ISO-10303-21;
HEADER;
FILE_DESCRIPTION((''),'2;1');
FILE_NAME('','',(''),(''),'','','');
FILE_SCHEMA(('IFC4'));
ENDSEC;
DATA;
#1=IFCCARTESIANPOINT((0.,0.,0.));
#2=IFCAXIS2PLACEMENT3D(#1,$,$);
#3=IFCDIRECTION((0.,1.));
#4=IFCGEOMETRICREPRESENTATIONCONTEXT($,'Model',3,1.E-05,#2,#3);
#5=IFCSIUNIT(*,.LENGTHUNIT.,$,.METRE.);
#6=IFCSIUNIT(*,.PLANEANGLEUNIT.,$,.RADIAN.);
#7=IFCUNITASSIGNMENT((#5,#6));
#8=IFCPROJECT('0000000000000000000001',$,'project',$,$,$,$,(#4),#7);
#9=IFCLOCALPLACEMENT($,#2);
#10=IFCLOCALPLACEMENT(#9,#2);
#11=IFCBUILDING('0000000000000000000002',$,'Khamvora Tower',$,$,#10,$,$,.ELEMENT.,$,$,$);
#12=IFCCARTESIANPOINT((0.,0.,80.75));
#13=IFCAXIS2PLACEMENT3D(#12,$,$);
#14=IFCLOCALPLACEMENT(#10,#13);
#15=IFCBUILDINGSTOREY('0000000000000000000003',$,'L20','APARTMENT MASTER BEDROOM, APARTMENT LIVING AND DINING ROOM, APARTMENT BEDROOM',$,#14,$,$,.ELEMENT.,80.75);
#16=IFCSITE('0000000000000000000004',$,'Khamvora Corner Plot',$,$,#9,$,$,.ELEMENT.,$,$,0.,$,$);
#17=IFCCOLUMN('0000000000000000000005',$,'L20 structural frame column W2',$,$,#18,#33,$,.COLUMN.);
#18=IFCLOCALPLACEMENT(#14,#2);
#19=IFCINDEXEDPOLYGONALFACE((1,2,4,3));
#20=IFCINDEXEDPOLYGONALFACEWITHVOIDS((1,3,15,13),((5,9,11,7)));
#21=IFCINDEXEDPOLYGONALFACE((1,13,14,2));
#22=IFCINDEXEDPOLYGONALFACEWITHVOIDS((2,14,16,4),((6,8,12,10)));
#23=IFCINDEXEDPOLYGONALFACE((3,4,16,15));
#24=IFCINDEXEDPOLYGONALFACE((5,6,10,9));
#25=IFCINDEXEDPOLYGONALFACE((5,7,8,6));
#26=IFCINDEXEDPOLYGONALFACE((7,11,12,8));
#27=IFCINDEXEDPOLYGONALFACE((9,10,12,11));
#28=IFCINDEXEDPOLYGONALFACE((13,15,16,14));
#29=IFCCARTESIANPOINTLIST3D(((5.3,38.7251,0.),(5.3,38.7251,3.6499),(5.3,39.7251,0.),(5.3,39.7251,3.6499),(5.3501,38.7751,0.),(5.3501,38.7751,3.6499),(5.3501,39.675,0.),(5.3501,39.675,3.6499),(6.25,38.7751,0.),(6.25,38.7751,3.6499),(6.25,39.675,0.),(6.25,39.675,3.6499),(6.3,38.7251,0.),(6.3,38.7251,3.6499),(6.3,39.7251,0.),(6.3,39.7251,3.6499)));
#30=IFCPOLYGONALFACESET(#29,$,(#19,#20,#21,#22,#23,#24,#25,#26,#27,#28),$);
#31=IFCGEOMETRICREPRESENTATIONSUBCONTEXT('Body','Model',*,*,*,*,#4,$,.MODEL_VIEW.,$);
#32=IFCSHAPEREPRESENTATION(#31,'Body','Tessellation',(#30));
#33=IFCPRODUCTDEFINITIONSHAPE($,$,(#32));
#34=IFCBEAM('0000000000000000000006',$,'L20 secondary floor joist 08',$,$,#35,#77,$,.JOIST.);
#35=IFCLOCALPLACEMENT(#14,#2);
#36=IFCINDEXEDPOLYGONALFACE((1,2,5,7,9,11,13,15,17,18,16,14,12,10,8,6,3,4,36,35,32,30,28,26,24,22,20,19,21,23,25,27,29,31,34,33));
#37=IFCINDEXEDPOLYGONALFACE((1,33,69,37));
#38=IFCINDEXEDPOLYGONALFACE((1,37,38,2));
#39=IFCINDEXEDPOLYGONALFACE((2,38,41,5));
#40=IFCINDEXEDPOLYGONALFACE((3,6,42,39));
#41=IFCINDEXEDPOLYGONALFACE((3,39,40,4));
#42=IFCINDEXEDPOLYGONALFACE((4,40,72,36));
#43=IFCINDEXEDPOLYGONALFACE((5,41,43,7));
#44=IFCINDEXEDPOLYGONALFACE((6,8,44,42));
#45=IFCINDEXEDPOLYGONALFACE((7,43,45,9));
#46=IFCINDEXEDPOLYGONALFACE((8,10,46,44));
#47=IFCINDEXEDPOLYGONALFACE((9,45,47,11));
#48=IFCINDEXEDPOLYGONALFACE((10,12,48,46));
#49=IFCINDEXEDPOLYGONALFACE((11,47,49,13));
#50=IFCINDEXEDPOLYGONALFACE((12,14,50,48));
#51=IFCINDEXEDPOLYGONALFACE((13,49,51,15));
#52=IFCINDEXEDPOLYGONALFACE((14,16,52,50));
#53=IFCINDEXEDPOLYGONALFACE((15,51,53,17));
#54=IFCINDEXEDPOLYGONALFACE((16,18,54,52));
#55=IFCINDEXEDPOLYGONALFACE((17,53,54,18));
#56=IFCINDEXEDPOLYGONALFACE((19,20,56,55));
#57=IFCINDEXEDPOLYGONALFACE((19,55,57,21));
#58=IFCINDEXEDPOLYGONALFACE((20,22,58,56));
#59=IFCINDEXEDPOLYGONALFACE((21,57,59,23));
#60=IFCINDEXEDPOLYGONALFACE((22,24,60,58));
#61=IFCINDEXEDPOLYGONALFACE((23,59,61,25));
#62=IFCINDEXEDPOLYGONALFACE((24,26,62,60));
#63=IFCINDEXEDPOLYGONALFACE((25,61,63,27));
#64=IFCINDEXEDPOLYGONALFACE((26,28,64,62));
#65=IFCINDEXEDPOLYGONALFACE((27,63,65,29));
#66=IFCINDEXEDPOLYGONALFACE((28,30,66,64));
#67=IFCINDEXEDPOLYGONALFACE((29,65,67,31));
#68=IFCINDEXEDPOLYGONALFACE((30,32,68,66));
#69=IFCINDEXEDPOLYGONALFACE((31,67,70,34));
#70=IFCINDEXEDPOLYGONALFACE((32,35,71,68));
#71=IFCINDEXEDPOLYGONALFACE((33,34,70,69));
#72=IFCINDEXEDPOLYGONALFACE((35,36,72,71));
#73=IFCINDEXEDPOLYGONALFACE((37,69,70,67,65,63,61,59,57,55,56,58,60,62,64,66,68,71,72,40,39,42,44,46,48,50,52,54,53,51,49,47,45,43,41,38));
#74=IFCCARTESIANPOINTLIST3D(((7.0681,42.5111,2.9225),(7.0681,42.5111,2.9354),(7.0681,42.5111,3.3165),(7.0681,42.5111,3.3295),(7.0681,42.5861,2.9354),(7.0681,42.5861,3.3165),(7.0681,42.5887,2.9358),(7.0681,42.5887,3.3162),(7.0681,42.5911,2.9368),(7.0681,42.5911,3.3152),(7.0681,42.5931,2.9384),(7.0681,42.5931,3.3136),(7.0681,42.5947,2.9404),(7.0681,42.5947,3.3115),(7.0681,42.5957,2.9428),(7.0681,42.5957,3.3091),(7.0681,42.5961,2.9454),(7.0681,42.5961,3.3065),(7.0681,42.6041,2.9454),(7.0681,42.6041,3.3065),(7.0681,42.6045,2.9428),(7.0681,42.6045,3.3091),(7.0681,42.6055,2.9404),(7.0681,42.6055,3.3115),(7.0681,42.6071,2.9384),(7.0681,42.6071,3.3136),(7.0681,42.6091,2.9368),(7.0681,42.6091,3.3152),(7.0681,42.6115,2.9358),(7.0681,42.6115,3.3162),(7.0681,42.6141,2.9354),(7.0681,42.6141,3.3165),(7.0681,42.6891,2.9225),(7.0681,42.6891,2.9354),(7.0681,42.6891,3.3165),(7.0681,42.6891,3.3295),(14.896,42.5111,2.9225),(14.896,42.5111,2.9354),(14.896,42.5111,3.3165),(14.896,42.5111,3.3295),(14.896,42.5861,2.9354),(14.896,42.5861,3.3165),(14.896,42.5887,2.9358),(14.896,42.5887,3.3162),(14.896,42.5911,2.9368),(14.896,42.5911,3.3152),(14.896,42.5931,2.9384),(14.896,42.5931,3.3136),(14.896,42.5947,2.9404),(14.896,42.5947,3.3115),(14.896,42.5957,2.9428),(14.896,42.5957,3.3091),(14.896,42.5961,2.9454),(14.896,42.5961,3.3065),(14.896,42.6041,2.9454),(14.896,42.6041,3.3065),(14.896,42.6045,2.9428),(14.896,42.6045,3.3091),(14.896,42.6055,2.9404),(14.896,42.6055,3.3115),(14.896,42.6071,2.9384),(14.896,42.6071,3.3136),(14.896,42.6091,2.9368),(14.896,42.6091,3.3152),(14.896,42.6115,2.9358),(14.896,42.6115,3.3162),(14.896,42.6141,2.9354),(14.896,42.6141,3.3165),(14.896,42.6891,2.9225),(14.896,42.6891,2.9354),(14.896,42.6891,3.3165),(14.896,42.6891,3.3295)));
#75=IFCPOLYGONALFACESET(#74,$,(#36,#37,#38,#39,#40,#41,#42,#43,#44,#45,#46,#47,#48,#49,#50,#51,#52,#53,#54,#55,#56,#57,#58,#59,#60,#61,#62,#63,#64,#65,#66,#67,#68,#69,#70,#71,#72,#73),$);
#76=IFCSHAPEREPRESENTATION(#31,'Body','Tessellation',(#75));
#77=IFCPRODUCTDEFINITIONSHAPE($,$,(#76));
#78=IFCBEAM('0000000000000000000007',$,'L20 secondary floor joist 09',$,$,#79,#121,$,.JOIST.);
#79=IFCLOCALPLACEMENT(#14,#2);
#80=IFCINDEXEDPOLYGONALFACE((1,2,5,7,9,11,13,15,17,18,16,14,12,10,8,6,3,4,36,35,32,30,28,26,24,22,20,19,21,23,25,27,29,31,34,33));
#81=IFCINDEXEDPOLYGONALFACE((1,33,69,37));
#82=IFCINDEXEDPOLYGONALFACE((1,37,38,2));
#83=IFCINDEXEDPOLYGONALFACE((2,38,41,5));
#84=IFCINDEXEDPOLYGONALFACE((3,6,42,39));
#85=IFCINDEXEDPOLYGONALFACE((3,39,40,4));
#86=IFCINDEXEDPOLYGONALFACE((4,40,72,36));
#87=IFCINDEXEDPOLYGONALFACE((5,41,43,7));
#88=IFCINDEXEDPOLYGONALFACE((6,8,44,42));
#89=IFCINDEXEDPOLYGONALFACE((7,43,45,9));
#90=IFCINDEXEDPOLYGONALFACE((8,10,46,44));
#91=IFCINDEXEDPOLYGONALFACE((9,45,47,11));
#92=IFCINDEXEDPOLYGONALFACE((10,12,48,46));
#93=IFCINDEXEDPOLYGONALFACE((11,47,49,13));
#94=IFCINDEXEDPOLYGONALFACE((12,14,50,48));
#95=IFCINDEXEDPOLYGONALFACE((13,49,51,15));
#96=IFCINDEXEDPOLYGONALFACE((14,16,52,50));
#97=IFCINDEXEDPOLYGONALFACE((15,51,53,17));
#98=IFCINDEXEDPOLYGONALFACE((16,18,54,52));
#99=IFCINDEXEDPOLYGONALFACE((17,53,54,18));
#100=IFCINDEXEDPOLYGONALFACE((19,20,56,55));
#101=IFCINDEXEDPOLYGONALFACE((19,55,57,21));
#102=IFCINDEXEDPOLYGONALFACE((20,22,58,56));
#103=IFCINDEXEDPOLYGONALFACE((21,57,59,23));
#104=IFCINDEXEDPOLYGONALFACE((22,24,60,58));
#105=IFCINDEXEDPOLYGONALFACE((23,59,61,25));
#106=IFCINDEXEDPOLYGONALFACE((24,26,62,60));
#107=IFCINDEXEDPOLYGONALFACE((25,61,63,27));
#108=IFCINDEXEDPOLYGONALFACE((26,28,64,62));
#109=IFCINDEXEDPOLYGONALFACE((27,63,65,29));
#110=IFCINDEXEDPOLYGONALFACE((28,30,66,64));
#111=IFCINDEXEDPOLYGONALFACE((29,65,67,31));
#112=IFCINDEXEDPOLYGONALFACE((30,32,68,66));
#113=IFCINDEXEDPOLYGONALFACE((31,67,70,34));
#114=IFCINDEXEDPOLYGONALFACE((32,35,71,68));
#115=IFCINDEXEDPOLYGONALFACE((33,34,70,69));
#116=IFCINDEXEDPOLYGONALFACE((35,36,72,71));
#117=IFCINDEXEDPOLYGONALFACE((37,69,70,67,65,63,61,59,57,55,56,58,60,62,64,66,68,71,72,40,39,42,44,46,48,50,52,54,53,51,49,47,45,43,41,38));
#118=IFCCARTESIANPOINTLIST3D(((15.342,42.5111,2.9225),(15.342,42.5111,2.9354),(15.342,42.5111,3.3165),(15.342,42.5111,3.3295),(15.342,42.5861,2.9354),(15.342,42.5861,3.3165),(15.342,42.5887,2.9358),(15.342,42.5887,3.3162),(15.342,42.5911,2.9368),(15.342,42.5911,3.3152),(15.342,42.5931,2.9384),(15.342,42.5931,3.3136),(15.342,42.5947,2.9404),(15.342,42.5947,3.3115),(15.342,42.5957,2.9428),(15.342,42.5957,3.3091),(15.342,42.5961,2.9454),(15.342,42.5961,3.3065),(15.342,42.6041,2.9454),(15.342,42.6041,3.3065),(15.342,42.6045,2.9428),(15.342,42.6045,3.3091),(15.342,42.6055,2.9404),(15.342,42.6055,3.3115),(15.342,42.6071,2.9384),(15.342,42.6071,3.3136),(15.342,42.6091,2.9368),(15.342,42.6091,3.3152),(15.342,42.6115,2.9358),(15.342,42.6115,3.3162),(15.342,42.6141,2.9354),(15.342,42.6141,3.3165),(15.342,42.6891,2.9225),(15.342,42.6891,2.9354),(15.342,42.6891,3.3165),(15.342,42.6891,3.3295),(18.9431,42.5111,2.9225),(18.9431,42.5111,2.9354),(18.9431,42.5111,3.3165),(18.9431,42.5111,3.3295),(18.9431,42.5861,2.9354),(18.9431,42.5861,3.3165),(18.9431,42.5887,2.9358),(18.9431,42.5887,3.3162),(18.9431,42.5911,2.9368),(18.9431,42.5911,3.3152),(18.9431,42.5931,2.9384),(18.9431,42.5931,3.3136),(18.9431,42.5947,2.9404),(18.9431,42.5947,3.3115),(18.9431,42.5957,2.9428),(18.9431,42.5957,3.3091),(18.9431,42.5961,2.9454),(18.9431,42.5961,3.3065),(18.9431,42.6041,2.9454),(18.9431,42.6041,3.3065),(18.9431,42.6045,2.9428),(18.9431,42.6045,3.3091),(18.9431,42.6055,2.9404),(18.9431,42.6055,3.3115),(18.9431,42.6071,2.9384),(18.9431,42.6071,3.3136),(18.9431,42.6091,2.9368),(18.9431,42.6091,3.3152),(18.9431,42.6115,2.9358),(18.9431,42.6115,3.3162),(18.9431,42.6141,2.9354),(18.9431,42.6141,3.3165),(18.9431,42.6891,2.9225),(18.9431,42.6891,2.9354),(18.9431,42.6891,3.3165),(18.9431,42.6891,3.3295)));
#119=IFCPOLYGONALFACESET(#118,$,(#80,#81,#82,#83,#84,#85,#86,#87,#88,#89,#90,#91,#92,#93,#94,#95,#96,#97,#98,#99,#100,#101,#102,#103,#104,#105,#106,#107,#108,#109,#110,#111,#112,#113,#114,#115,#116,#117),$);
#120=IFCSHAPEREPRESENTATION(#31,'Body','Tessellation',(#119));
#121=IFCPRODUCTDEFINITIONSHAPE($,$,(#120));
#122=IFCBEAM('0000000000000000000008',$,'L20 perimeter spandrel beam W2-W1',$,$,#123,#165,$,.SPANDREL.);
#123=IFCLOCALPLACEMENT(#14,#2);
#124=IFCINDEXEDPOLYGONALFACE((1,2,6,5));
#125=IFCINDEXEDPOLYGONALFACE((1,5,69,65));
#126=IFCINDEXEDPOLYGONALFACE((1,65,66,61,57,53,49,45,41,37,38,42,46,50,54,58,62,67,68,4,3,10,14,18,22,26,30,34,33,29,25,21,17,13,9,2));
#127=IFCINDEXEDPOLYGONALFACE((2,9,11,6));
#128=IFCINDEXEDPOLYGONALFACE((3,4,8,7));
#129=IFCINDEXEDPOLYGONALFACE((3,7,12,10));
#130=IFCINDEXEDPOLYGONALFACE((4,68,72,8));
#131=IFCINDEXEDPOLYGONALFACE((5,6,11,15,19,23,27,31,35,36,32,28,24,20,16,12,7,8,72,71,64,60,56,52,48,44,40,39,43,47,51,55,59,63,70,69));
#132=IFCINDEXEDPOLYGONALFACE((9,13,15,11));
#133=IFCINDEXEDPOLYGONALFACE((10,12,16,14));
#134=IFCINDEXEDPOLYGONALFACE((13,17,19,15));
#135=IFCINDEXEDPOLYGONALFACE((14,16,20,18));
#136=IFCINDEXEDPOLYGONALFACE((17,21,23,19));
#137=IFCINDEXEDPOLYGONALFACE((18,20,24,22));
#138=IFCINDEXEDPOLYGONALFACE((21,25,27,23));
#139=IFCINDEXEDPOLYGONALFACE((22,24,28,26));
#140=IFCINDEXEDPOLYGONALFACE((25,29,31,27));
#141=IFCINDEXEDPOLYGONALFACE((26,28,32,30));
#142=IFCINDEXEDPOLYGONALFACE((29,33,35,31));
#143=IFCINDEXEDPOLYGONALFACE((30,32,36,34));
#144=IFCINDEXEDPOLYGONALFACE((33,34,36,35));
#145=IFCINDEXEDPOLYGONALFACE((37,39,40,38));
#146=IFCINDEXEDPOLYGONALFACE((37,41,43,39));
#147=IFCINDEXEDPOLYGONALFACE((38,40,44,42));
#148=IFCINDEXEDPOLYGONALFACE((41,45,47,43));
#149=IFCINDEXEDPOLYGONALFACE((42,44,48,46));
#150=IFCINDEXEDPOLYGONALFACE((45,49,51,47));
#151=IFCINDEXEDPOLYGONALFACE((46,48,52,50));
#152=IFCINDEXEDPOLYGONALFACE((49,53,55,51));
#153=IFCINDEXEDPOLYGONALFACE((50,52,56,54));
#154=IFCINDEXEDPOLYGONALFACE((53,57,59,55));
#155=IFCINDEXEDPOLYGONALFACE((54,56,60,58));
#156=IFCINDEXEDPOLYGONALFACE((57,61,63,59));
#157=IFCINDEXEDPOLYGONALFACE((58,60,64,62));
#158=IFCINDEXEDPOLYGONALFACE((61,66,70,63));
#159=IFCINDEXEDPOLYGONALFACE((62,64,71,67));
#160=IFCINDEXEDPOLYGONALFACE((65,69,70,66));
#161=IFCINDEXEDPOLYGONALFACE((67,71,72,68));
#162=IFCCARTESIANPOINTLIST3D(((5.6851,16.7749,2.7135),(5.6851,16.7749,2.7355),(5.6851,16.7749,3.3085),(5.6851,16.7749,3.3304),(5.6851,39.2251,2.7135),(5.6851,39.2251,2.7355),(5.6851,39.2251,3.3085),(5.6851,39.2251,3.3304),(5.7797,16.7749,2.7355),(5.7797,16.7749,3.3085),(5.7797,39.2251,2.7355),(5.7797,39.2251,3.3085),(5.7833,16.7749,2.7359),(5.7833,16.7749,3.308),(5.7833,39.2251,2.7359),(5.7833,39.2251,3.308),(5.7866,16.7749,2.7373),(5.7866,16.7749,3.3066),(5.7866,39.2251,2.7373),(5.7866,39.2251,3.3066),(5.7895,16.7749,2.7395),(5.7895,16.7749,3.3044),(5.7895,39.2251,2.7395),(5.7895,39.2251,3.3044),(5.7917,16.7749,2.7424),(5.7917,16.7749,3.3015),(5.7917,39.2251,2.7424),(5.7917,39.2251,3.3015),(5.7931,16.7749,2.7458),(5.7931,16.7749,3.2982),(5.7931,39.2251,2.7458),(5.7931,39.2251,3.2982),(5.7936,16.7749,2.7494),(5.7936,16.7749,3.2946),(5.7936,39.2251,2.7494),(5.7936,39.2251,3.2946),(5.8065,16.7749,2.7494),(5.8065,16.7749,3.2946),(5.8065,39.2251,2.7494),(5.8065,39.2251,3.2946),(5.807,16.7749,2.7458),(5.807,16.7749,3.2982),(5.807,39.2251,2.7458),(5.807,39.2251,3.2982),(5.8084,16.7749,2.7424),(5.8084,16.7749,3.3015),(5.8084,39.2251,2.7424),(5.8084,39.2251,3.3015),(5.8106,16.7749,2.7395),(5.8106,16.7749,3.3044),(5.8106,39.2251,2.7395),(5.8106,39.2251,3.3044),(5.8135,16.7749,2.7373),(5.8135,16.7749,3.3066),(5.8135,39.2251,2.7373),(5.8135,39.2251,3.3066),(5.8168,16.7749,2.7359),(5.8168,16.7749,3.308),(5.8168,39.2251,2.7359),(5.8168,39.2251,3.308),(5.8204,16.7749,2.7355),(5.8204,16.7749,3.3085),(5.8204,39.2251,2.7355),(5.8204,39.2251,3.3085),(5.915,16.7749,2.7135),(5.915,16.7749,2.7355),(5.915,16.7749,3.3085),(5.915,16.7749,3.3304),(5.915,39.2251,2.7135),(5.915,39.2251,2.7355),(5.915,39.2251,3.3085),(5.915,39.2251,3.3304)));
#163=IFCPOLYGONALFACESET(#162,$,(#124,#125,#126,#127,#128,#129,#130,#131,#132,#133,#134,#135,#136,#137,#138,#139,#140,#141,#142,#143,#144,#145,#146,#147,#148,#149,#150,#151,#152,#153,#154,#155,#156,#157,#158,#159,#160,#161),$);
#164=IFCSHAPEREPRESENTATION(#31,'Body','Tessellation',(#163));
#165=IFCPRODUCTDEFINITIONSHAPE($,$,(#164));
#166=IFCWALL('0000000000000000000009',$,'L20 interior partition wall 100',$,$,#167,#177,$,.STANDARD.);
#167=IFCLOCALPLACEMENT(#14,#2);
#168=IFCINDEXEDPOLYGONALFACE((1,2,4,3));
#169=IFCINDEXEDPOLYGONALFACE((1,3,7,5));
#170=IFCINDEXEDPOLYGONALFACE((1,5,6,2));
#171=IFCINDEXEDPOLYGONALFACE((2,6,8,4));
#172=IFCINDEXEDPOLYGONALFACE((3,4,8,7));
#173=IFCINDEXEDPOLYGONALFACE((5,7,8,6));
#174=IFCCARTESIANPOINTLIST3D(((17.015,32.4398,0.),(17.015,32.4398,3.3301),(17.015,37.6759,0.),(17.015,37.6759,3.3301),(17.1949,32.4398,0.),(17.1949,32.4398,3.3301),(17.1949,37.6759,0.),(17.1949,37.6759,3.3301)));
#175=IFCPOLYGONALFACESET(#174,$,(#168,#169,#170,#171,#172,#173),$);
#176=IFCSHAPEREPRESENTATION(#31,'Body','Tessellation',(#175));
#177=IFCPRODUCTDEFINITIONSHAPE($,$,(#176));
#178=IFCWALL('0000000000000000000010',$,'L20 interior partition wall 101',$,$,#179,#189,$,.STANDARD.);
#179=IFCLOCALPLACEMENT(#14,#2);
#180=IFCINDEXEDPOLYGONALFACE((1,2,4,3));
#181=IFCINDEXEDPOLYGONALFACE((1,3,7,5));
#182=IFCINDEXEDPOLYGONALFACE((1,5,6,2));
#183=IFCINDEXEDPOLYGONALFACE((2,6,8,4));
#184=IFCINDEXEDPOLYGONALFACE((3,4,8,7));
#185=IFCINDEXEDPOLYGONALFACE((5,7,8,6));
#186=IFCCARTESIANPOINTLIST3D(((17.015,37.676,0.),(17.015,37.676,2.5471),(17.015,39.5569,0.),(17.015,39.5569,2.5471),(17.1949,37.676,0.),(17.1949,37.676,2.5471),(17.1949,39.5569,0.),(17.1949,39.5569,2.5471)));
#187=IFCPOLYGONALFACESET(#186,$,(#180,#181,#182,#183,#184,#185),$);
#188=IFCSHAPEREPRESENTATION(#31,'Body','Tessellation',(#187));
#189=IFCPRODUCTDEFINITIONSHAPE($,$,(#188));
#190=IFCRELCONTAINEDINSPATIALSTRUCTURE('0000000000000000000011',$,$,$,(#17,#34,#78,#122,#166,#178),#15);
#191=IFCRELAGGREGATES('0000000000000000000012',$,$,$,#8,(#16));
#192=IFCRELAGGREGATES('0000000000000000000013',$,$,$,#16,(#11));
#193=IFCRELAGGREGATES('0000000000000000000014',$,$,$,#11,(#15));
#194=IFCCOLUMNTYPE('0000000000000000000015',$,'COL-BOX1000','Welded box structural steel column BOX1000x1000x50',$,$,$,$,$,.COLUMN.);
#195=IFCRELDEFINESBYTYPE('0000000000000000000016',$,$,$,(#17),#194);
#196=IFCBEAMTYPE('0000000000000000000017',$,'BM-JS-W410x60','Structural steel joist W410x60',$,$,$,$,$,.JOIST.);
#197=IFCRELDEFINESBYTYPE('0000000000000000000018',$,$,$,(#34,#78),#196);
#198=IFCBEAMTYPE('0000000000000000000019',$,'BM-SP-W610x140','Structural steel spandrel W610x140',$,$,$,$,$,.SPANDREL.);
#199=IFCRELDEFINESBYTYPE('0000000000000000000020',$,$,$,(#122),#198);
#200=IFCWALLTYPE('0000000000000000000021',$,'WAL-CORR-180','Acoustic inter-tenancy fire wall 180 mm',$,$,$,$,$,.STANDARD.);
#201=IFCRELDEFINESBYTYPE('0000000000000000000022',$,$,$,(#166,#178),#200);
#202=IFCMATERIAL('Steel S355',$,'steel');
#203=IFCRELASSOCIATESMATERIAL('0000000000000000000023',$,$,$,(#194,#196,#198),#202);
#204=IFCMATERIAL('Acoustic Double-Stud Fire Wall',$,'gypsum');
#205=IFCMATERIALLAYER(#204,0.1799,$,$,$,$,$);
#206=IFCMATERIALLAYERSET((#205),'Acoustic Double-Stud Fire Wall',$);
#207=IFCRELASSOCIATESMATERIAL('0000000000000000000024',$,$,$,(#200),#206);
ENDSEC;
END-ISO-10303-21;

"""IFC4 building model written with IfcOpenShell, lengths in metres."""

from ifc_helpers import new_model, si_unit, direction, frame, frame_2d, origin, origin_2d, place, context, subcontext, project, spatial, rectangle, hollow_rectangle, i_section, extrude, material, layer, layer_set, material_profile, profile_set, type_object, element, save


model = new_model("IFC4")

# Units and contexts
model_context = context("Model", 3, precision=1e-05, world=origin(), true_north=direction((0.0, 1.0)))
body_context = subcontext(model_context, "Body", "Model", "MODEL_VIEW")
ifc_project = project(units=[si_unit("LENGTHUNIT", "METRE"), si_unit("PLANEANGLEUNIT", "RADIAN")], contexts=[model_context])

# Site, building, storey
site_placement = place(None, origin())
site = spatial("IfcSite", under=ifc_project, at=site_placement, Name="Khamvora Corner Plot", CompositionType="ELEMENT", RefElevation=0.0)
building_placement = place(site_placement, origin())
building = spatial("IfcBuilding", under=site, at=building_placement, Name="Khamvora Tower", CompositionType="ELEMENT")
storey_placement = place(building_placement, frame((0.0, 0.0, 80.75)))
storey = spatial("IfcBuildingStorey", under=building, at=storey_placement, Name="L20", Description="APARTMENT MASTER BEDROOM, APARTMENT LIVING AND DINING ROOM, APARTMENT BEDROOM", CompositionType="ELEMENT", Elevation=80.75)

# Column
ifc_material_1 = material(Name="Steel S355", Category="steel")
ifc_material_profile_1 = material_profile(ifc_material_1, hollow_rectangle(XDim=1.0, YDim=1.0, WallThickness=0.05, at=origin_2d()), Name="BOX1000x1000x50")
ifc_profile_set_1 = profile_set([ifc_material_profile_1], Name="Steel S355")
column_type = type_object("IfcColumnType", Name="COL-BOX1000", Description="Welded box structural steel column BOX1000x1000x50", PredefinedType="COLUMN", material=ifc_profile_set_1)
column_placement = place(storey_placement, frame((5.8, 39.2251, 0.0), z_axis=(0.0, 0.0, 1.0), x_axis=(1.0, 0.0, 0.0)))
element("IfcColumn", 1, at=column_placement, inside=storey, type_object=column_type, Name="L20 structural frame column W2", PredefinedType="COLUMN", context=body_context, shape_type="SweptSolid", body=[
    extrude(hollow_rectangle(XDim=1.0, YDim=1.0, WallThickness=0.05, at=origin_2d()), origin(), (0.0, 0.0, 1.0), 3.6499),
])

# Beams
ifc_material_profile_2 = material_profile(ifc_material_1, i_section(OverallWidth=0.178, OverallDepth=0.407, WebThickness=0.0081, FlangeThickness=0.0129, FilletRadius=0.01, at=origin_2d()), Name="W410x60")
ifc_profile_set_2 = profile_set([ifc_material_profile_2], Name="Steel S355")
beam_type_1 = type_object("IfcBeamType", Name="BM-JS-W410x60", Description="Structural steel joist W410x60", PredefinedType="JOIST", material=ifc_profile_set_2)
beam_1_placement = place(storey_placement, frame((7.0681, 42.6001, 3.126), z_axis=(1.0, 0.0, 0.0), x_axis=(0.0, 1.0, 0.0)))
element("IfcBeam", 2, at=beam_1_placement, inside=storey, type_object=beam_type_1, Name="L20 secondary floor joist 08", PredefinedType="JOIST", context=body_context, shape_type="SweptSolid", body=[
    extrude(i_section(OverallWidth=0.178, OverallDepth=0.407, WebThickness=0.0081, FlangeThickness=0.0129, FilletRadius=0.01, at=origin_2d()), origin(), (0.0, 0.0, 1.0), 7.8279),
])
beam_2_placement = place(storey_placement, frame((15.342, 42.6001, 3.126), z_axis=(1.0, 0.0, 0.0), x_axis=(0.0, 1.0, 0.0)))
element("IfcBeam", 3, at=beam_2_placement, inside=storey, type_object=beam_type_1, Name="L20 secondary floor joist 09", PredefinedType="JOIST", context=body_context, shape_type="SweptSolid", body=[
    extrude(i_section(OverallWidth=0.178, OverallDepth=0.407, WebThickness=0.0081, FlangeThickness=0.0129, FilletRadius=0.01, at=origin_2d()), origin(), (0.0, 0.0, 1.0), 3.6011),
])
ifc_material_profile_3 = material_profile(ifc_material_1, i_section(OverallWidth=0.23, OverallDepth=0.6169, WebThickness=0.0129, FlangeThickness=0.022, FilletRadius=0.0139, at=origin_2d()), Name="W610x140")
ifc_profile_set_3 = profile_set([ifc_material_profile_3], Name="Steel S355")
beam_type_2 = type_object("IfcBeamType", Name="BM-SP-W610x140", Description="Structural steel spandrel W610x140", PredefinedType="SPANDREL", material=ifc_profile_set_3)
beam_3_placement = place(storey_placement, frame((5.8, 39.2251, 3.022), z_axis=(0.0, -1.0, 0.0), x_axis=(1.0, 0.0, 0.0)))
element("IfcBeam", 4, at=beam_3_placement, inside=storey, type_object=beam_type_2, Name="L20 perimeter spandrel beam W2-W1", PredefinedType="SPANDREL", context=body_context, shape_type="SweptSolid", body=[
    extrude(i_section(OverallWidth=0.23, OverallDepth=0.6169, WebThickness=0.0129, FlangeThickness=0.022, FilletRadius=0.0139, at=origin_2d()), origin(), (0.0, 0.0, 1.0), 22.4502),
])

# Walls
ifc_material_2 = material(Name="Acoustic Double-Stud Fire Wall", Category="gypsum")
ifc_layer_1 = layer(ifc_material_2, 0.1799)
ifc_layer_set_1 = layer_set([ifc_layer_1], Name="Acoustic Double-Stud Fire Wall")
wall_type_1 = type_object("IfcWallType", Name="WAL-CORR-180", Description="Acoustic inter-tenancy fire wall 180 mm", PredefinedType="STANDARD", material=ifc_layer_set_1)
wall_1_placement = place(storey_placement, frame((17.105, 37.676, 0.0), z_axis=(0.0, 0.0, 1.0), x_axis=(0.0, -1.0, 0.0)))
element("IfcWall", 5, at=wall_1_placement, inside=storey, type_object=wall_type_1, Name="L20 interior partition wall 100", PredefinedType="STANDARD", context=body_context, shape_type="SweptSolid", body=[
    extrude(rectangle(XDim=5.2361, YDim=0.1799, at=frame_2d((2.6182, 0.0))), origin(), (0.0, 0.0, 1.0), 3.3301),
])
wall_2_placement = place(storey_placement, frame((17.105, 39.5569, 0.0), z_axis=(0.0, 0.0, 1.0), x_axis=(0.0, -1.0, 0.0)))
element("IfcWall", 6, at=wall_2_placement, inside=storey, type_object=wall_type_1, Name="L20 interior partition wall 101", PredefinedType="STANDARD", context=body_context, shape_type="SweptSolid", body=[
    extrude(rectangle(XDim=1.8809, YDim=0.1799, at=frame_2d((0.9404, 0.0))), origin(), (0.0, 0.0, 1.0), 2.5471),
])

save(model, "model.ifc")
